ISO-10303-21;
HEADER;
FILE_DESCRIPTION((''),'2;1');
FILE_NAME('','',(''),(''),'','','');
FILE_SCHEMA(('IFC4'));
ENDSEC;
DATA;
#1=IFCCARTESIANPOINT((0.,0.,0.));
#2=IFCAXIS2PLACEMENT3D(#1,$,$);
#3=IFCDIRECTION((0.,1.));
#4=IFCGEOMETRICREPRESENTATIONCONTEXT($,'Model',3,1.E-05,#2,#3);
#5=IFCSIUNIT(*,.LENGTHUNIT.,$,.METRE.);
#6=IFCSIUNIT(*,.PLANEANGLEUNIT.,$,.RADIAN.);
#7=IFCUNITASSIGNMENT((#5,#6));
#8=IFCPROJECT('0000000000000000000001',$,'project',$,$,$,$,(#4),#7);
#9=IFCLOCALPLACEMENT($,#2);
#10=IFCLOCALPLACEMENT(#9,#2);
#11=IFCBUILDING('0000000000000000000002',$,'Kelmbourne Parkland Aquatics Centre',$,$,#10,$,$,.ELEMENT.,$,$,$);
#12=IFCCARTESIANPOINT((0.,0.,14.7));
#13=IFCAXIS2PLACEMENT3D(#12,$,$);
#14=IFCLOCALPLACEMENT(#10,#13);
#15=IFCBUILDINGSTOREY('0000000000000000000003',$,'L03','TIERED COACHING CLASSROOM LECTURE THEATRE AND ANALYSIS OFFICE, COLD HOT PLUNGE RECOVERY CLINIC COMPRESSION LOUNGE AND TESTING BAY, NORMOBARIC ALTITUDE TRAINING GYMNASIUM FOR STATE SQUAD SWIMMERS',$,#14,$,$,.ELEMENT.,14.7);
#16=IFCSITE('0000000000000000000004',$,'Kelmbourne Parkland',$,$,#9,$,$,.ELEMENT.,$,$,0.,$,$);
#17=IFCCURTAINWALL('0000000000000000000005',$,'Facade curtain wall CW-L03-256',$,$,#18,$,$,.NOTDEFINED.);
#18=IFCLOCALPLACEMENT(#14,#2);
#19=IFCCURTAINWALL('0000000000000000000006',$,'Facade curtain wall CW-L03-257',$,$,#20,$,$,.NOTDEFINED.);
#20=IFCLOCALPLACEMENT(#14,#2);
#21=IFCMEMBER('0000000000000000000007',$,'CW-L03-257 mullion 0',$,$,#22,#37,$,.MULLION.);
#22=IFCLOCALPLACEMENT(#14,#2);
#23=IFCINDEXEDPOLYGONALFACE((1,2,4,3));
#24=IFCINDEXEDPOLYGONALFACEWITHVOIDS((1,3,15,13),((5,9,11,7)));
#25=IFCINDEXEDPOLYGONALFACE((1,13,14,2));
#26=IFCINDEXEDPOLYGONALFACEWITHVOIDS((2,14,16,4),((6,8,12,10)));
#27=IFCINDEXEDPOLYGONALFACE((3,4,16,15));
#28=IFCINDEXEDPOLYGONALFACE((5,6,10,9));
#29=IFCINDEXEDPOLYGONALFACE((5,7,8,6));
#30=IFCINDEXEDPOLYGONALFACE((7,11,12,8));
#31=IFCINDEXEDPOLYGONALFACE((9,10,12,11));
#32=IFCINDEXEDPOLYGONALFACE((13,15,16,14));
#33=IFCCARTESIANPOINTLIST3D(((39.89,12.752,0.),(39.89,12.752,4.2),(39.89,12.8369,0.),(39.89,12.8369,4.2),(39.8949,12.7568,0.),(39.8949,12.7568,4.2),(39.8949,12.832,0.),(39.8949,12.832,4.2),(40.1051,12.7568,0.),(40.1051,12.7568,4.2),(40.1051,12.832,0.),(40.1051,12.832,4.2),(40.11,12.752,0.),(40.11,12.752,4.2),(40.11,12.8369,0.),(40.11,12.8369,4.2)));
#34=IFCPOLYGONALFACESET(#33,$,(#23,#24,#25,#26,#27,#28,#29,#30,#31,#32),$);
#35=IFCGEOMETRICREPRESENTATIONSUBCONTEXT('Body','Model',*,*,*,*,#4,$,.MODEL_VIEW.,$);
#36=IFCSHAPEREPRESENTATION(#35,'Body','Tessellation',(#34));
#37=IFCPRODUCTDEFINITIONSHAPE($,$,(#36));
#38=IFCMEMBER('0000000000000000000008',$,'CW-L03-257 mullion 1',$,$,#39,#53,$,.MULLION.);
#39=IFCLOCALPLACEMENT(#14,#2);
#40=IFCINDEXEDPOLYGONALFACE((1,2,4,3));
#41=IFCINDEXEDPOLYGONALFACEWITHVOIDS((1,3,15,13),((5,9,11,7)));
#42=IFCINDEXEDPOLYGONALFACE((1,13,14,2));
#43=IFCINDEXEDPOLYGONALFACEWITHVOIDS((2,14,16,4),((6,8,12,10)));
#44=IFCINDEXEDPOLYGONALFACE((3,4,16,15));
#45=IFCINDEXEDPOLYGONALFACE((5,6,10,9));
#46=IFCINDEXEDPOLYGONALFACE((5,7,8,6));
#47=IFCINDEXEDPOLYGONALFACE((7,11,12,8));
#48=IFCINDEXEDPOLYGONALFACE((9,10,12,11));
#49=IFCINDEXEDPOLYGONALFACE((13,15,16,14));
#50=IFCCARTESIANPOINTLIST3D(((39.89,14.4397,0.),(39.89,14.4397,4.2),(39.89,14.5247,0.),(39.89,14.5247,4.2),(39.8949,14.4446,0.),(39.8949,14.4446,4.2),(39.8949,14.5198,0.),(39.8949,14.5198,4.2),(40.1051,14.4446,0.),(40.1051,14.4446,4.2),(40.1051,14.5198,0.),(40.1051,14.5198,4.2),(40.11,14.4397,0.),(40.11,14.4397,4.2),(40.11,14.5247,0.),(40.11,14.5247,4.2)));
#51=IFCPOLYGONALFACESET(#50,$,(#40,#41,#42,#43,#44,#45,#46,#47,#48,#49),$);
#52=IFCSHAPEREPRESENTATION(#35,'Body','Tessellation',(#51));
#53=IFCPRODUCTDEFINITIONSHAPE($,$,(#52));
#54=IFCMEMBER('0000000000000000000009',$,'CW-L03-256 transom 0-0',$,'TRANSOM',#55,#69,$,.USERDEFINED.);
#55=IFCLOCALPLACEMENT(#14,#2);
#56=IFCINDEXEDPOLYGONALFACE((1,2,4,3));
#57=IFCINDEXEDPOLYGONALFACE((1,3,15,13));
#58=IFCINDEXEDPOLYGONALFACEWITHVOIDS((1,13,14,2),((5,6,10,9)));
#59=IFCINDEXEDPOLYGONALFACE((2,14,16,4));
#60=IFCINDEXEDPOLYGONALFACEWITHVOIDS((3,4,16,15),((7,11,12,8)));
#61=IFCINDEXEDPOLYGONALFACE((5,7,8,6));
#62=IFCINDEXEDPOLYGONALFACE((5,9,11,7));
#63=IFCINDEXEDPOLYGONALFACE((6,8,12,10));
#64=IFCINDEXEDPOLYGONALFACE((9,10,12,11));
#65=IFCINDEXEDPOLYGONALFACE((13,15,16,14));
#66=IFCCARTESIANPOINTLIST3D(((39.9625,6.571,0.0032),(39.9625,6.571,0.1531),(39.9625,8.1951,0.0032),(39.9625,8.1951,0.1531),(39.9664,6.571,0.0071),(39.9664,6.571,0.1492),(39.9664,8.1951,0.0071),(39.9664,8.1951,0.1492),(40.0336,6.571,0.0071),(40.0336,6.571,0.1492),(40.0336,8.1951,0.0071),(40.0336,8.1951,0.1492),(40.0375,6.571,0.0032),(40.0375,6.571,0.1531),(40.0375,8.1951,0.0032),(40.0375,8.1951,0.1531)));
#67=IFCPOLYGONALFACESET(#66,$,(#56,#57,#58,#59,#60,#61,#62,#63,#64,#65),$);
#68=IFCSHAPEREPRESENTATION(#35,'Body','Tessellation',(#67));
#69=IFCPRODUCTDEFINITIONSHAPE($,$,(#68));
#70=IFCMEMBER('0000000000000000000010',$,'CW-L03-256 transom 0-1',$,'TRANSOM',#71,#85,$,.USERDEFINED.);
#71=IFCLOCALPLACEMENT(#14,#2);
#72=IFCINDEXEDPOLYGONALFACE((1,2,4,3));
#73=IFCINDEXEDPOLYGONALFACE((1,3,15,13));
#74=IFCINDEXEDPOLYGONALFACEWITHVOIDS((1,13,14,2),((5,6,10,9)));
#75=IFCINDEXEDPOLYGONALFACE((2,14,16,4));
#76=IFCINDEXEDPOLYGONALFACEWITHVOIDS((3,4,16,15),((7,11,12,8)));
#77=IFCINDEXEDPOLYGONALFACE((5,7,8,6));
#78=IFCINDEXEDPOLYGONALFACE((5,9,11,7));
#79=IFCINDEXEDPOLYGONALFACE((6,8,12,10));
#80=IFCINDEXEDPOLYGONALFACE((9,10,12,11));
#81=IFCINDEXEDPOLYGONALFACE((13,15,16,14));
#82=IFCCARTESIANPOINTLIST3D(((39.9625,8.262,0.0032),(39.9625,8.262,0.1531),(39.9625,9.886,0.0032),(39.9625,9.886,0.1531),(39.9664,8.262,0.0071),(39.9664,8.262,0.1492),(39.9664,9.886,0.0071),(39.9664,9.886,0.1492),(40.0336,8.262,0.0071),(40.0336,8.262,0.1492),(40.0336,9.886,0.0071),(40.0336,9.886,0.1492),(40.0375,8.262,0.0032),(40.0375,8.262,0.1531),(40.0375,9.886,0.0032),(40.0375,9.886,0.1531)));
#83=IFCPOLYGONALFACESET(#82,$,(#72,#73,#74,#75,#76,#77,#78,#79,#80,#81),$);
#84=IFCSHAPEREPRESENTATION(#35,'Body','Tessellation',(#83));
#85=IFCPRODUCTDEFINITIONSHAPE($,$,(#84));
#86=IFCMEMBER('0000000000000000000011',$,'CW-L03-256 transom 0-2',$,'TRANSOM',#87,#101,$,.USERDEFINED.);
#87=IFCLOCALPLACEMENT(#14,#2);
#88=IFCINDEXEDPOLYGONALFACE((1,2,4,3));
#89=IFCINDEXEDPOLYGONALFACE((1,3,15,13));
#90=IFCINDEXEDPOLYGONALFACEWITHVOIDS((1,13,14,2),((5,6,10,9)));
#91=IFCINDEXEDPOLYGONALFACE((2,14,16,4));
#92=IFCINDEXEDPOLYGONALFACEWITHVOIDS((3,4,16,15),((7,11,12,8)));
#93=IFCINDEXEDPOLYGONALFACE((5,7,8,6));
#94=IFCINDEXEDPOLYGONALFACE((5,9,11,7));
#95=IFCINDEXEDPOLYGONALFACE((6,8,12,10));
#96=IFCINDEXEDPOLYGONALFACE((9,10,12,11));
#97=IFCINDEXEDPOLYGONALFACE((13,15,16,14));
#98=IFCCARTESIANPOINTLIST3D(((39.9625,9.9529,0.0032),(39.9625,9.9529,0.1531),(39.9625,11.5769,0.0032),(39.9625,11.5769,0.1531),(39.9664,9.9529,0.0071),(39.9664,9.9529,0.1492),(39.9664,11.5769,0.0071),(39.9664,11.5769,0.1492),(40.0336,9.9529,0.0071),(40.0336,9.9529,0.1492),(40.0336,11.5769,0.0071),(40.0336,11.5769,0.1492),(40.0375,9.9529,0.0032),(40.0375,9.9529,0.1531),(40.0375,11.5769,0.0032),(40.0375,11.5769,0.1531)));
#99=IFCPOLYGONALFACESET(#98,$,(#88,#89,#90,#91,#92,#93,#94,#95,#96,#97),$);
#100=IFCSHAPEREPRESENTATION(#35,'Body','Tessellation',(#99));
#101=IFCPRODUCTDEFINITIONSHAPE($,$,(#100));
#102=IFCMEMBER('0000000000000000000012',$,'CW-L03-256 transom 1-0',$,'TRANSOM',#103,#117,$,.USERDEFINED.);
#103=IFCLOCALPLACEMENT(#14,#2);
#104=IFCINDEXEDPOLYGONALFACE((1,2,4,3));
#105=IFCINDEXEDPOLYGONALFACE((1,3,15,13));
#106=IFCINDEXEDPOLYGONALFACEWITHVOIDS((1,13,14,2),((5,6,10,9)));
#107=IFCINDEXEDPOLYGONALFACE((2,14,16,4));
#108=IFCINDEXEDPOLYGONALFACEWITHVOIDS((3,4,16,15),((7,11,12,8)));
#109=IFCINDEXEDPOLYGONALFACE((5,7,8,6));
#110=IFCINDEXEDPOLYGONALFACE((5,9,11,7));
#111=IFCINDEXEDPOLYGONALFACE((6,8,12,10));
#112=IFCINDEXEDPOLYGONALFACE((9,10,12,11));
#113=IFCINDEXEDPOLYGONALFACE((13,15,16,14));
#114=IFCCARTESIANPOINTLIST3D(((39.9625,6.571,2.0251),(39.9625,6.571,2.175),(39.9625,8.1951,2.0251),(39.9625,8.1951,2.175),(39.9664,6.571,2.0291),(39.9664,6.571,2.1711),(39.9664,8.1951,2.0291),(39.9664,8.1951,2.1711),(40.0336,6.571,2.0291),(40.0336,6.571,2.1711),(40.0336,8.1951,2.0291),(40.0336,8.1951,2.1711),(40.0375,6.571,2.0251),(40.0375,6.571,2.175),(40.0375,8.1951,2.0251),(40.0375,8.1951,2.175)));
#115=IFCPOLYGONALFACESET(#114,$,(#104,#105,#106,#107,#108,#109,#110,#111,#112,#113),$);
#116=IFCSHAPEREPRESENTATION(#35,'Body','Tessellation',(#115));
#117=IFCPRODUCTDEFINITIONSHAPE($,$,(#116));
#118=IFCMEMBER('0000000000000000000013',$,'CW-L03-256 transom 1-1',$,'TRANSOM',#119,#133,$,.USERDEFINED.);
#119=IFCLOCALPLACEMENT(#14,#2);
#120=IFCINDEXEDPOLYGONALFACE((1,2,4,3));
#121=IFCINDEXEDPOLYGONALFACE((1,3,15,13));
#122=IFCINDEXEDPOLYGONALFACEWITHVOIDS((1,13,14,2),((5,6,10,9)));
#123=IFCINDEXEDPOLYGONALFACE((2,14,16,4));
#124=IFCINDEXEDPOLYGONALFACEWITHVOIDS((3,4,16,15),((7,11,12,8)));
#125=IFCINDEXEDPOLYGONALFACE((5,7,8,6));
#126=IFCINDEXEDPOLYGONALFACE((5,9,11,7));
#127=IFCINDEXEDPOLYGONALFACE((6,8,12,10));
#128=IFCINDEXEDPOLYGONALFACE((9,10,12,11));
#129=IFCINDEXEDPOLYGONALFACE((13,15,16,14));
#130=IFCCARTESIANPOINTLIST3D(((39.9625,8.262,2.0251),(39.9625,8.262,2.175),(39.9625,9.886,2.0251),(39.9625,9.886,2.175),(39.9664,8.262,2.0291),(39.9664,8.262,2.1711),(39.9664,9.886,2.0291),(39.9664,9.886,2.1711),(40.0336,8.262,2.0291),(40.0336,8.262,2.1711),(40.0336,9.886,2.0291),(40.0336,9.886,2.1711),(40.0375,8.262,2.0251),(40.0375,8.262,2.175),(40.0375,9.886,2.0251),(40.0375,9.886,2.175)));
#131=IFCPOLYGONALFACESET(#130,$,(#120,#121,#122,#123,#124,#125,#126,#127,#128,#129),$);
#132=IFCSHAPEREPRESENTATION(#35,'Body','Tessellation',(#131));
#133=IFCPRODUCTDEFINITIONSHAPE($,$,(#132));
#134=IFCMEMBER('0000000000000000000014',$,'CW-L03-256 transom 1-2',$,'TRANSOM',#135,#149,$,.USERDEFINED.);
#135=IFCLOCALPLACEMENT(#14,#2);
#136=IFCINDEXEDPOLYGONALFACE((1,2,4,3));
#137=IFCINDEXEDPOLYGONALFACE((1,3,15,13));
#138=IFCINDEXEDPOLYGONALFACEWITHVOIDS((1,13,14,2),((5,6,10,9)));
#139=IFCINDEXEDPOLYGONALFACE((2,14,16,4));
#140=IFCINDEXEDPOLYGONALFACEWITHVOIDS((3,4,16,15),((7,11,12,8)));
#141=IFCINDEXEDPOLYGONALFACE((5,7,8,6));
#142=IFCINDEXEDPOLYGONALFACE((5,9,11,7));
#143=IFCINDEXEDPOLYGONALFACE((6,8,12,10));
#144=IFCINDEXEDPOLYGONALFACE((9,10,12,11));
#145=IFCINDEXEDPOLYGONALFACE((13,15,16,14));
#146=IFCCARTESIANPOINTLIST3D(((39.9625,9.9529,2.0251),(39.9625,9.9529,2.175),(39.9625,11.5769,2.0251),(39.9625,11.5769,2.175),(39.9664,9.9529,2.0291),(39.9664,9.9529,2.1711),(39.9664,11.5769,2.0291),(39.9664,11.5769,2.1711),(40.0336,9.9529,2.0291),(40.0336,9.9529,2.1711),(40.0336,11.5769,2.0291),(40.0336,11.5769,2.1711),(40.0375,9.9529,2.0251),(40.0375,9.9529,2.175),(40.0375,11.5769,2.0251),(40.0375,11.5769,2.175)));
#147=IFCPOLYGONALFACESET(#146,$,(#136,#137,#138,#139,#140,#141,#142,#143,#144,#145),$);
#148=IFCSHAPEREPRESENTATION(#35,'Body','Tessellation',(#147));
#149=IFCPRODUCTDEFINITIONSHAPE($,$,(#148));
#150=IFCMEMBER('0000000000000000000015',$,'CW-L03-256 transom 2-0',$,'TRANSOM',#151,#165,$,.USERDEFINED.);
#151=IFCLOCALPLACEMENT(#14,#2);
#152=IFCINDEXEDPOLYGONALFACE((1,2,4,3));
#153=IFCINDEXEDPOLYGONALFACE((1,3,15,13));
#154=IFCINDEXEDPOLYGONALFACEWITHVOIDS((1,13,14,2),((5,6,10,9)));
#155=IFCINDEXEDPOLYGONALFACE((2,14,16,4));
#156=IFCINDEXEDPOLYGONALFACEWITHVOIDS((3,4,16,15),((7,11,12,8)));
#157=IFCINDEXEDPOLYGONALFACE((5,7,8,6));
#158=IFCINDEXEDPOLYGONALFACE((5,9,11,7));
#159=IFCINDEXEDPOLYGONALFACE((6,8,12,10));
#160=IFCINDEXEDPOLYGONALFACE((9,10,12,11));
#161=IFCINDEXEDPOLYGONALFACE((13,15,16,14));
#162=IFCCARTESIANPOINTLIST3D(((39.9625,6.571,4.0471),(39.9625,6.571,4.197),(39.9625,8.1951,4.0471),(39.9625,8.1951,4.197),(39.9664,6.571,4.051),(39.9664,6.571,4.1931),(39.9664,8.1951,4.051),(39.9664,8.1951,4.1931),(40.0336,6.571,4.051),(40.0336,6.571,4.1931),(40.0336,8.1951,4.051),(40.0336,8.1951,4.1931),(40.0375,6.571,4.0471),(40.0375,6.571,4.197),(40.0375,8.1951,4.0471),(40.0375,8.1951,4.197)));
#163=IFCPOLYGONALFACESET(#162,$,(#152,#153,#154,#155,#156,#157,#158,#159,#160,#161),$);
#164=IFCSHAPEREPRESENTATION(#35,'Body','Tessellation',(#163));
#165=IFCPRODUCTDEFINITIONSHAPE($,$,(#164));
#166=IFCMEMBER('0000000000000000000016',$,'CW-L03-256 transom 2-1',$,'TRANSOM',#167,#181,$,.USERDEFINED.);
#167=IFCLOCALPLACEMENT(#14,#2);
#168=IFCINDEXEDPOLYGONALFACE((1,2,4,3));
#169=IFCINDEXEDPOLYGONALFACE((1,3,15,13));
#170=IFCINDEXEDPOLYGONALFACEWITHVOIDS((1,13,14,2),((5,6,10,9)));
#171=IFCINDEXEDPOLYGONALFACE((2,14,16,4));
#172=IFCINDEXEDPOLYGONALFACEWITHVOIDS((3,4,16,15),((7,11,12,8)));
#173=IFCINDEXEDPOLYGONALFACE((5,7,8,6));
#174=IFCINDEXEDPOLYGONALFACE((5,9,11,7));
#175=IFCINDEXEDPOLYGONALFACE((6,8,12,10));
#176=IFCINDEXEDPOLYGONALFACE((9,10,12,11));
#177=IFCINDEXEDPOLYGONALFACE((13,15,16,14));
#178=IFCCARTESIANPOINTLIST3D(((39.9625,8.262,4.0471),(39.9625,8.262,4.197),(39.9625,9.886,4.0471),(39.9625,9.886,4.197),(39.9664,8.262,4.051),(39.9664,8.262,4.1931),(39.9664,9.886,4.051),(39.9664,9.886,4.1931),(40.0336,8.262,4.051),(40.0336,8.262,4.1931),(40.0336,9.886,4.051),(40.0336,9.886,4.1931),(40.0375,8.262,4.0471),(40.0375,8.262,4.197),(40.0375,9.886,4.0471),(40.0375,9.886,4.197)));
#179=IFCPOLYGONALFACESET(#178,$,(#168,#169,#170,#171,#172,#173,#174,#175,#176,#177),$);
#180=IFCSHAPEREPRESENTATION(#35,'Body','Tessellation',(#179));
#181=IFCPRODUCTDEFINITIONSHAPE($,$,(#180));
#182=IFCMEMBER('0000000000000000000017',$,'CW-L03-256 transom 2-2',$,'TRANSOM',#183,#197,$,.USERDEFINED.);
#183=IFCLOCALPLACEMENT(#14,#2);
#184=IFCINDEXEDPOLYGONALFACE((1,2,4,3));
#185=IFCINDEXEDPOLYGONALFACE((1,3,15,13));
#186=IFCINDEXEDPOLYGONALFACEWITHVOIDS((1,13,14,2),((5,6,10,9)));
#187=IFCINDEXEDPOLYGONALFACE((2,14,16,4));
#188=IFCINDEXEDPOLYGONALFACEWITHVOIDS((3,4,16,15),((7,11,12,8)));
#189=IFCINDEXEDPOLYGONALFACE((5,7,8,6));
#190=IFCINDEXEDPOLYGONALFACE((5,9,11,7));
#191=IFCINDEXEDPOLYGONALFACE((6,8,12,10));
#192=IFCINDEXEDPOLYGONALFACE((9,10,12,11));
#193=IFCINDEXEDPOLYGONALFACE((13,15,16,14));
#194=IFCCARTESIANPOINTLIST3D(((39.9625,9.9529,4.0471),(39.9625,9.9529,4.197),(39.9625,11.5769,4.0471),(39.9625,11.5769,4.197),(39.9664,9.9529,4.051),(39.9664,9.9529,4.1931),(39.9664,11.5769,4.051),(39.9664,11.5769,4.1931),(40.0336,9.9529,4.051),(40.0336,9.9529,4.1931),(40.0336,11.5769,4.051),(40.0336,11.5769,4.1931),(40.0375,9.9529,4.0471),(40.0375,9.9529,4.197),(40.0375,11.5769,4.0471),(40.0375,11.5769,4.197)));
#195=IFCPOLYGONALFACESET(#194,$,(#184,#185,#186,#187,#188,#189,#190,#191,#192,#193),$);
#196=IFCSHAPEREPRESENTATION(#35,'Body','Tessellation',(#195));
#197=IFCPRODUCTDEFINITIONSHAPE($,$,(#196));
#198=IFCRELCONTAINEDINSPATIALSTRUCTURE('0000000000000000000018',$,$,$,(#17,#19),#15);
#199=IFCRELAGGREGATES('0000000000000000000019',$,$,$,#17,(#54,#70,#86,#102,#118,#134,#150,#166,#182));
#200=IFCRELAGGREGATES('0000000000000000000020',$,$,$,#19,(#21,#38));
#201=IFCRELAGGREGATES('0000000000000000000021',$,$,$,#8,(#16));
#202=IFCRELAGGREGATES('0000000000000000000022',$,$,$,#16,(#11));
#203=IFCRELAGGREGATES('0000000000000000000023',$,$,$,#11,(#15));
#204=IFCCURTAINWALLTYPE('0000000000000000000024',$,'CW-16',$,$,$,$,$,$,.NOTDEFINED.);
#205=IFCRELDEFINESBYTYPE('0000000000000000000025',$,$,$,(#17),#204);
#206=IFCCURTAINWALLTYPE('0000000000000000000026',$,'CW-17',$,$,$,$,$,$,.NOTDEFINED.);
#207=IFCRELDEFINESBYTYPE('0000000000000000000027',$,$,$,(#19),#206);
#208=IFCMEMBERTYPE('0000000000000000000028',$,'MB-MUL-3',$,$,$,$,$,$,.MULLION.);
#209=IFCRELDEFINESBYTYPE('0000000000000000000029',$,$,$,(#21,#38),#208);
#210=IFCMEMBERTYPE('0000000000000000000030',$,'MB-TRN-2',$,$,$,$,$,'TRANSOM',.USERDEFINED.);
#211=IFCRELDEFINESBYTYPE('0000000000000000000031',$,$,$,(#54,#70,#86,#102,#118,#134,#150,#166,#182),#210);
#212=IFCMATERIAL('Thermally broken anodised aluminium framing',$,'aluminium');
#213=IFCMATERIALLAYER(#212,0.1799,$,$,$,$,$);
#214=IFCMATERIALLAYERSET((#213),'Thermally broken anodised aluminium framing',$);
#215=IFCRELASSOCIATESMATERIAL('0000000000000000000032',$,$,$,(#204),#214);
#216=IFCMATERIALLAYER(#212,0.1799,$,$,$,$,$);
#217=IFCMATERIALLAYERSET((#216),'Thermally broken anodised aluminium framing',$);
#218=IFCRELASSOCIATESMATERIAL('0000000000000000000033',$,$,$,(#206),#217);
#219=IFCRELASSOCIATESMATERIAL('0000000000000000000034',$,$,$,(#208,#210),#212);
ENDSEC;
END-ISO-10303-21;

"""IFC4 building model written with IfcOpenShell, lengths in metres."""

from ifc_helpers import new_model, si_unit, direction, frame, origin, origin_2d, place, context, subcontext, project, spatial, hollow_rectangle, extrude, material, layer, layer_set, material_profile, profile_set, type_object, element, aggregate, save


model = new_model("IFC4")

# Units and contexts
model_context = context("Model", 3, precision=1e-05, world=origin(), true_north=direction((0.0, 1.0)))
body_context = subcontext(model_context, "Body", "Model", "MODEL_VIEW")
ifc_project = project(units=[si_unit("LENGTHUNIT", "METRE"), si_unit("PLANEANGLEUNIT", "RADIAN")], contexts=[model_context])

# Site, building, storey
site_placement = place(None, origin())
site = spatial("IfcSite", under=ifc_project, at=site_placement, Name="Kelmbourne Parkland", CompositionType="ELEMENT", RefElevation=0.0)
building_placement = place(site_placement, origin())
building = spatial("IfcBuilding", under=site, at=building_placement, Name="Kelmbourne Parkland Aquatics Centre", CompositionType="ELEMENT")
storey_placement = place(building_placement, frame((0.0, 0.0, 14.7)))
storey = spatial("IfcBuildingStorey", under=building, at=storey_placement, Name="L03", Description="TIERED COACHING CLASSROOM LECTURE THEATRE AND ANALYSIS OFFICE, COLD HOT PLUNGE RECOVERY CLINIC COMPRESSION LOUNGE AND TESTING BAY, NORMOBARIC ALTITUDE TRAINING GYMNASIUM FOR STATE SQUAD SWIMMERS", CompositionType="ELEMENT", Elevation=14.7)

# Shared definitions
ifc_material_1 = material(Name="Thermally broken anodised aluminium framing", Category="aluminium")

# Curtain walls, members
ifc_layer_1 = layer(ifc_material_1, 0.1799)
ifc_layer_set_1 = layer_set([ifc_layer_1], Name="Thermally broken anodised aluminium framing")
curtain_wall_type_1 = type_object("IfcCurtainWallType", Name="CW-16", PredefinedType="NOTDEFINED", material=ifc_layer_set_1)
curtain_wall_1_placement = place(storey_placement, origin())
curtain_wall_1 = element("IfcCurtainWall", 1, at=curtain_wall_1_placement, inside=storey, type_object=curtain_wall_type_1, Name="Facade curtain wall CW-L03-256", PredefinedType="NOTDEFINED")
ifc_layer_2 = layer(ifc_material_1, 0.1799)
ifc_layer_set_2 = layer_set([ifc_layer_2], Name="Thermally broken anodised aluminium framing")
curtain_wall_type_2 = type_object("IfcCurtainWallType", Name="CW-17", PredefinedType="NOTDEFINED", material=ifc_layer_set_2)
curtain_wall_2_placement = place(storey_placement, origin())
curtain_wall_2 = element("IfcCurtainWall", 2, at=curtain_wall_2_placement, inside=storey, type_object=curtain_wall_type_2, Name="Facade curtain wall CW-L03-257", PredefinedType="NOTDEFINED")
ifc_material_profile_1 = material_profile(ifc_material_1, hollow_rectangle(XDim=0.085, YDim=0.22, WallThickness=0.0049, at=origin_2d()), Name="CW-M 85x220")
ifc_profile_set_1 = profile_set([ifc_material_profile_1], Name="Thermally broken anodised aluminium framing")
member_type_1 = type_object("IfcMemberType", Name="MB-MUL-3", PredefinedType="MULLION", material=ifc_profile_set_1)
member_1_placement = place(storey_placement, frame((40.0, 12.7944, 0.0), z_axis=(0.0, 0.0, 1.0), x_axis=(0.0, 1.0, 0.0)))
member_1 = element("IfcMember", 3, at=member_1_placement, type_object=member_type_1, Name="CW-L03-257 mullion 0", PredefinedType="MULLION", context=body_context, shape_type="SweptSolid", body=[
    extrude(hollow_rectangle(XDim=0.085, YDim=0.22, WallThickness=0.0049, at=origin_2d()), origin(), (0.0, 0.0, 1.0), 4.2),
])
member_2_placement = place(storey_placement, frame((40.0, 14.4822, 0.0), z_axis=(0.0, 0.0, 1.0), x_axis=(0.0, 1.0, 0.0)))
member_2 = element("IfcMember", 4, at=member_2_placement, type_object=member_type_1, Name="CW-L03-257 mullion 1", PredefinedType="MULLION", context=body_context, shape_type="SweptSolid", body=[
    extrude(hollow_rectangle(XDim=0.085, YDim=0.22, WallThickness=0.0049, at=origin_2d()), origin(), (0.0, 0.0, 1.0), 4.2),
])

# Members
ifc_material_profile_2 = material_profile(ifc_material_1, hollow_rectangle(XDim=0.075, YDim=0.1499, WallThickness=0.0039, at=origin_2d()), Name="CW-T 75x150")
ifc_profile_set_2 = profile_set([ifc_material_profile_2], Name="Thermally broken anodised aluminium framing")
member_type_2 = type_object("IfcMemberType", Name="MB-TRN-2", ElementType="TRANSOM", PredefinedType="USERDEFINED", material=ifc_profile_set_2)
member_3_placement = place(storey_placement, frame((40.0, 6.571, 0.0781), z_axis=(0.0, 1.0, 0.0), x_axis=(-1.0, 0.0, 0.0)))
member_3 = element("IfcMember", 5, at=member_3_placement, type_object=member_type_2, Name="CW-L03-256 transom 0-0", ObjectType="TRANSOM", PredefinedType="USERDEFINED", context=body_context, shape_type="SweptSolid", body=[
    extrude(hollow_rectangle(XDim=0.075, YDim=0.1499, WallThickness=0.0039, at=origin_2d()), origin(), (0.0, 0.0, 1.0), 1.624),
])
member_4_placement = place(storey_placement, frame((40.0, 8.262, 0.0781), z_axis=(0.0, 1.0, 0.0), x_axis=(-1.0, 0.0, 0.0)))
member_4 = element("IfcMember", 6, at=member_4_placement, type_object=member_type_2, Name="CW-L03-256 transom 0-1", ObjectType="TRANSOM", PredefinedType="USERDEFINED", context=body_context, shape_type="SweptSolid", body=[
    extrude(hollow_rectangle(XDim=0.075, YDim=0.1499, WallThickness=0.0039, at=origin_2d()), origin(), (0.0, 0.0, 1.0), 1.624),
])
member_5_placement = place(storey_placement, frame((40.0, 9.9529, 0.0781), z_axis=(0.0, 1.0, 0.0), x_axis=(-1.0, 0.0, 0.0)))
member_5 = element("IfcMember", 7, at=member_5_placement, type_object=member_type_2, Name="CW-L03-256 transom 0-2", ObjectType="TRANSOM", PredefinedType="USERDEFINED", context=body_context, shape_type="SweptSolid", body=[
    extrude(hollow_rectangle(XDim=0.075, YDim=0.1499, WallThickness=0.0039, at=origin_2d()), origin(), (0.0, 0.0, 1.0), 1.624),
])
member_6_placement = place(storey_placement, frame((40.0, 6.571, 2.1001), z_axis=(0.0, 1.0, 0.0), x_axis=(-1.0, 0.0, 0.0)))
member_6 = element("IfcMember", 8, at=member_6_placement, type_object=member_type_2, Name="CW-L03-256 transom 1-0", ObjectType="TRANSOM", PredefinedType="USERDEFINED", context=body_context, shape_type="SweptSolid", body=[
    extrude(hollow_rectangle(XDim=0.075, YDim=0.1499, WallThickness=0.0039, at=origin_2d()), origin(), (0.0, 0.0, 1.0), 1.624),
])
member_7_placement = place(storey_placement, frame((40.0, 8.262, 2.1001), z_axis=(0.0, 1.0, 0.0), x_axis=(-1.0, 0.0, 0.0)))
member_7 = element("IfcMember", 9, at=member_7_placement, type_object=member_type_2, Name="CW-L03-256 transom 1-1", ObjectType="TRANSOM", PredefinedType="USERDEFINED", context=body_context, shape_type="SweptSolid", body=[
    extrude(hollow_rectangle(XDim=0.075, YDim=0.1499, WallThickness=0.0039, at=origin_2d()), origin(), (0.0, 0.0, 1.0), 1.624),
])
member_8_placement = place(storey_placement, frame((40.0, 9.9529, 2.1001), z_axis=(0.0, 1.0, 0.0), x_axis=(-1.0, 0.0, 0.0)))
member_8 = element("IfcMember", 10, at=member_8_placement, type_object=member_type_2, Name="CW-L03-256 transom 1-2", ObjectType="TRANSOM", PredefinedType="USERDEFINED", context=body_context, shape_type="SweptSolid", body=[
    extrude(hollow_rectangle(XDim=0.075, YDim=0.1499, WallThickness=0.0039, at=origin_2d()), origin(), (0.0, 0.0, 1.0), 1.624),
])
member_9_placement = place(storey_placement, frame((40.0, 6.571, 4.1221), z_axis=(0.0, 1.0, 0.0), x_axis=(-1.0, 0.0, 0.0)))
member_9 = element("IfcMember", 11, at=member_9_placement, type_object=member_type_2, Name="CW-L03-256 transom 2-0", ObjectType="TRANSOM", PredefinedType="USERDEFINED", context=body_context, shape_type="SweptSolid", body=[
    extrude(hollow_rectangle(XDim=0.075, YDim=0.1499, WallThickness=0.0039, at=origin_2d()), origin(), (0.0, 0.0, 1.0), 1.624),
])
member_10_placement = place(storey_placement, frame((40.0, 8.262, 4.1221), z_axis=(0.0, 1.0, 0.0), x_axis=(-1.0, 0.0, 0.0)))
member_10 = element("IfcMember", 12, at=member_10_placement, type_object=member_type_2, Name="CW-L03-256 transom 2-1", ObjectType="TRANSOM", PredefinedType="USERDEFINED", context=body_context, shape_type="SweptSolid", body=[
    extrude(hollow_rectangle(XDim=0.075, YDim=0.1499, WallThickness=0.0039, at=origin_2d()), origin(), (0.0, 0.0, 1.0), 1.624),
])
member_11_placement = place(storey_placement, frame((40.0, 9.9529, 4.1221), z_axis=(0.0, 1.0, 0.0), x_axis=(-1.0, 0.0, 0.0)))
member_11 = element("IfcMember", 13, at=member_11_placement, type_object=member_type_2, Name="CW-L03-256 transom 2-2", ObjectType="TRANSOM", PredefinedType="USERDEFINED", context=body_context, shape_type="SweptSolid", body=[
    extrude(hollow_rectangle(XDim=0.075, YDim=0.1499, WallThickness=0.0039, at=origin_2d()), origin(), (0.0, 0.0, 1.0), 1.624),
])

aggregate(curtain_wall_1, [member_3, member_4, member_5, member_6, member_7, member_8, member_9, member_10, member_11])
aggregate(curtain_wall_2, [member_1, member_2])

save(model, "model.ifc")
